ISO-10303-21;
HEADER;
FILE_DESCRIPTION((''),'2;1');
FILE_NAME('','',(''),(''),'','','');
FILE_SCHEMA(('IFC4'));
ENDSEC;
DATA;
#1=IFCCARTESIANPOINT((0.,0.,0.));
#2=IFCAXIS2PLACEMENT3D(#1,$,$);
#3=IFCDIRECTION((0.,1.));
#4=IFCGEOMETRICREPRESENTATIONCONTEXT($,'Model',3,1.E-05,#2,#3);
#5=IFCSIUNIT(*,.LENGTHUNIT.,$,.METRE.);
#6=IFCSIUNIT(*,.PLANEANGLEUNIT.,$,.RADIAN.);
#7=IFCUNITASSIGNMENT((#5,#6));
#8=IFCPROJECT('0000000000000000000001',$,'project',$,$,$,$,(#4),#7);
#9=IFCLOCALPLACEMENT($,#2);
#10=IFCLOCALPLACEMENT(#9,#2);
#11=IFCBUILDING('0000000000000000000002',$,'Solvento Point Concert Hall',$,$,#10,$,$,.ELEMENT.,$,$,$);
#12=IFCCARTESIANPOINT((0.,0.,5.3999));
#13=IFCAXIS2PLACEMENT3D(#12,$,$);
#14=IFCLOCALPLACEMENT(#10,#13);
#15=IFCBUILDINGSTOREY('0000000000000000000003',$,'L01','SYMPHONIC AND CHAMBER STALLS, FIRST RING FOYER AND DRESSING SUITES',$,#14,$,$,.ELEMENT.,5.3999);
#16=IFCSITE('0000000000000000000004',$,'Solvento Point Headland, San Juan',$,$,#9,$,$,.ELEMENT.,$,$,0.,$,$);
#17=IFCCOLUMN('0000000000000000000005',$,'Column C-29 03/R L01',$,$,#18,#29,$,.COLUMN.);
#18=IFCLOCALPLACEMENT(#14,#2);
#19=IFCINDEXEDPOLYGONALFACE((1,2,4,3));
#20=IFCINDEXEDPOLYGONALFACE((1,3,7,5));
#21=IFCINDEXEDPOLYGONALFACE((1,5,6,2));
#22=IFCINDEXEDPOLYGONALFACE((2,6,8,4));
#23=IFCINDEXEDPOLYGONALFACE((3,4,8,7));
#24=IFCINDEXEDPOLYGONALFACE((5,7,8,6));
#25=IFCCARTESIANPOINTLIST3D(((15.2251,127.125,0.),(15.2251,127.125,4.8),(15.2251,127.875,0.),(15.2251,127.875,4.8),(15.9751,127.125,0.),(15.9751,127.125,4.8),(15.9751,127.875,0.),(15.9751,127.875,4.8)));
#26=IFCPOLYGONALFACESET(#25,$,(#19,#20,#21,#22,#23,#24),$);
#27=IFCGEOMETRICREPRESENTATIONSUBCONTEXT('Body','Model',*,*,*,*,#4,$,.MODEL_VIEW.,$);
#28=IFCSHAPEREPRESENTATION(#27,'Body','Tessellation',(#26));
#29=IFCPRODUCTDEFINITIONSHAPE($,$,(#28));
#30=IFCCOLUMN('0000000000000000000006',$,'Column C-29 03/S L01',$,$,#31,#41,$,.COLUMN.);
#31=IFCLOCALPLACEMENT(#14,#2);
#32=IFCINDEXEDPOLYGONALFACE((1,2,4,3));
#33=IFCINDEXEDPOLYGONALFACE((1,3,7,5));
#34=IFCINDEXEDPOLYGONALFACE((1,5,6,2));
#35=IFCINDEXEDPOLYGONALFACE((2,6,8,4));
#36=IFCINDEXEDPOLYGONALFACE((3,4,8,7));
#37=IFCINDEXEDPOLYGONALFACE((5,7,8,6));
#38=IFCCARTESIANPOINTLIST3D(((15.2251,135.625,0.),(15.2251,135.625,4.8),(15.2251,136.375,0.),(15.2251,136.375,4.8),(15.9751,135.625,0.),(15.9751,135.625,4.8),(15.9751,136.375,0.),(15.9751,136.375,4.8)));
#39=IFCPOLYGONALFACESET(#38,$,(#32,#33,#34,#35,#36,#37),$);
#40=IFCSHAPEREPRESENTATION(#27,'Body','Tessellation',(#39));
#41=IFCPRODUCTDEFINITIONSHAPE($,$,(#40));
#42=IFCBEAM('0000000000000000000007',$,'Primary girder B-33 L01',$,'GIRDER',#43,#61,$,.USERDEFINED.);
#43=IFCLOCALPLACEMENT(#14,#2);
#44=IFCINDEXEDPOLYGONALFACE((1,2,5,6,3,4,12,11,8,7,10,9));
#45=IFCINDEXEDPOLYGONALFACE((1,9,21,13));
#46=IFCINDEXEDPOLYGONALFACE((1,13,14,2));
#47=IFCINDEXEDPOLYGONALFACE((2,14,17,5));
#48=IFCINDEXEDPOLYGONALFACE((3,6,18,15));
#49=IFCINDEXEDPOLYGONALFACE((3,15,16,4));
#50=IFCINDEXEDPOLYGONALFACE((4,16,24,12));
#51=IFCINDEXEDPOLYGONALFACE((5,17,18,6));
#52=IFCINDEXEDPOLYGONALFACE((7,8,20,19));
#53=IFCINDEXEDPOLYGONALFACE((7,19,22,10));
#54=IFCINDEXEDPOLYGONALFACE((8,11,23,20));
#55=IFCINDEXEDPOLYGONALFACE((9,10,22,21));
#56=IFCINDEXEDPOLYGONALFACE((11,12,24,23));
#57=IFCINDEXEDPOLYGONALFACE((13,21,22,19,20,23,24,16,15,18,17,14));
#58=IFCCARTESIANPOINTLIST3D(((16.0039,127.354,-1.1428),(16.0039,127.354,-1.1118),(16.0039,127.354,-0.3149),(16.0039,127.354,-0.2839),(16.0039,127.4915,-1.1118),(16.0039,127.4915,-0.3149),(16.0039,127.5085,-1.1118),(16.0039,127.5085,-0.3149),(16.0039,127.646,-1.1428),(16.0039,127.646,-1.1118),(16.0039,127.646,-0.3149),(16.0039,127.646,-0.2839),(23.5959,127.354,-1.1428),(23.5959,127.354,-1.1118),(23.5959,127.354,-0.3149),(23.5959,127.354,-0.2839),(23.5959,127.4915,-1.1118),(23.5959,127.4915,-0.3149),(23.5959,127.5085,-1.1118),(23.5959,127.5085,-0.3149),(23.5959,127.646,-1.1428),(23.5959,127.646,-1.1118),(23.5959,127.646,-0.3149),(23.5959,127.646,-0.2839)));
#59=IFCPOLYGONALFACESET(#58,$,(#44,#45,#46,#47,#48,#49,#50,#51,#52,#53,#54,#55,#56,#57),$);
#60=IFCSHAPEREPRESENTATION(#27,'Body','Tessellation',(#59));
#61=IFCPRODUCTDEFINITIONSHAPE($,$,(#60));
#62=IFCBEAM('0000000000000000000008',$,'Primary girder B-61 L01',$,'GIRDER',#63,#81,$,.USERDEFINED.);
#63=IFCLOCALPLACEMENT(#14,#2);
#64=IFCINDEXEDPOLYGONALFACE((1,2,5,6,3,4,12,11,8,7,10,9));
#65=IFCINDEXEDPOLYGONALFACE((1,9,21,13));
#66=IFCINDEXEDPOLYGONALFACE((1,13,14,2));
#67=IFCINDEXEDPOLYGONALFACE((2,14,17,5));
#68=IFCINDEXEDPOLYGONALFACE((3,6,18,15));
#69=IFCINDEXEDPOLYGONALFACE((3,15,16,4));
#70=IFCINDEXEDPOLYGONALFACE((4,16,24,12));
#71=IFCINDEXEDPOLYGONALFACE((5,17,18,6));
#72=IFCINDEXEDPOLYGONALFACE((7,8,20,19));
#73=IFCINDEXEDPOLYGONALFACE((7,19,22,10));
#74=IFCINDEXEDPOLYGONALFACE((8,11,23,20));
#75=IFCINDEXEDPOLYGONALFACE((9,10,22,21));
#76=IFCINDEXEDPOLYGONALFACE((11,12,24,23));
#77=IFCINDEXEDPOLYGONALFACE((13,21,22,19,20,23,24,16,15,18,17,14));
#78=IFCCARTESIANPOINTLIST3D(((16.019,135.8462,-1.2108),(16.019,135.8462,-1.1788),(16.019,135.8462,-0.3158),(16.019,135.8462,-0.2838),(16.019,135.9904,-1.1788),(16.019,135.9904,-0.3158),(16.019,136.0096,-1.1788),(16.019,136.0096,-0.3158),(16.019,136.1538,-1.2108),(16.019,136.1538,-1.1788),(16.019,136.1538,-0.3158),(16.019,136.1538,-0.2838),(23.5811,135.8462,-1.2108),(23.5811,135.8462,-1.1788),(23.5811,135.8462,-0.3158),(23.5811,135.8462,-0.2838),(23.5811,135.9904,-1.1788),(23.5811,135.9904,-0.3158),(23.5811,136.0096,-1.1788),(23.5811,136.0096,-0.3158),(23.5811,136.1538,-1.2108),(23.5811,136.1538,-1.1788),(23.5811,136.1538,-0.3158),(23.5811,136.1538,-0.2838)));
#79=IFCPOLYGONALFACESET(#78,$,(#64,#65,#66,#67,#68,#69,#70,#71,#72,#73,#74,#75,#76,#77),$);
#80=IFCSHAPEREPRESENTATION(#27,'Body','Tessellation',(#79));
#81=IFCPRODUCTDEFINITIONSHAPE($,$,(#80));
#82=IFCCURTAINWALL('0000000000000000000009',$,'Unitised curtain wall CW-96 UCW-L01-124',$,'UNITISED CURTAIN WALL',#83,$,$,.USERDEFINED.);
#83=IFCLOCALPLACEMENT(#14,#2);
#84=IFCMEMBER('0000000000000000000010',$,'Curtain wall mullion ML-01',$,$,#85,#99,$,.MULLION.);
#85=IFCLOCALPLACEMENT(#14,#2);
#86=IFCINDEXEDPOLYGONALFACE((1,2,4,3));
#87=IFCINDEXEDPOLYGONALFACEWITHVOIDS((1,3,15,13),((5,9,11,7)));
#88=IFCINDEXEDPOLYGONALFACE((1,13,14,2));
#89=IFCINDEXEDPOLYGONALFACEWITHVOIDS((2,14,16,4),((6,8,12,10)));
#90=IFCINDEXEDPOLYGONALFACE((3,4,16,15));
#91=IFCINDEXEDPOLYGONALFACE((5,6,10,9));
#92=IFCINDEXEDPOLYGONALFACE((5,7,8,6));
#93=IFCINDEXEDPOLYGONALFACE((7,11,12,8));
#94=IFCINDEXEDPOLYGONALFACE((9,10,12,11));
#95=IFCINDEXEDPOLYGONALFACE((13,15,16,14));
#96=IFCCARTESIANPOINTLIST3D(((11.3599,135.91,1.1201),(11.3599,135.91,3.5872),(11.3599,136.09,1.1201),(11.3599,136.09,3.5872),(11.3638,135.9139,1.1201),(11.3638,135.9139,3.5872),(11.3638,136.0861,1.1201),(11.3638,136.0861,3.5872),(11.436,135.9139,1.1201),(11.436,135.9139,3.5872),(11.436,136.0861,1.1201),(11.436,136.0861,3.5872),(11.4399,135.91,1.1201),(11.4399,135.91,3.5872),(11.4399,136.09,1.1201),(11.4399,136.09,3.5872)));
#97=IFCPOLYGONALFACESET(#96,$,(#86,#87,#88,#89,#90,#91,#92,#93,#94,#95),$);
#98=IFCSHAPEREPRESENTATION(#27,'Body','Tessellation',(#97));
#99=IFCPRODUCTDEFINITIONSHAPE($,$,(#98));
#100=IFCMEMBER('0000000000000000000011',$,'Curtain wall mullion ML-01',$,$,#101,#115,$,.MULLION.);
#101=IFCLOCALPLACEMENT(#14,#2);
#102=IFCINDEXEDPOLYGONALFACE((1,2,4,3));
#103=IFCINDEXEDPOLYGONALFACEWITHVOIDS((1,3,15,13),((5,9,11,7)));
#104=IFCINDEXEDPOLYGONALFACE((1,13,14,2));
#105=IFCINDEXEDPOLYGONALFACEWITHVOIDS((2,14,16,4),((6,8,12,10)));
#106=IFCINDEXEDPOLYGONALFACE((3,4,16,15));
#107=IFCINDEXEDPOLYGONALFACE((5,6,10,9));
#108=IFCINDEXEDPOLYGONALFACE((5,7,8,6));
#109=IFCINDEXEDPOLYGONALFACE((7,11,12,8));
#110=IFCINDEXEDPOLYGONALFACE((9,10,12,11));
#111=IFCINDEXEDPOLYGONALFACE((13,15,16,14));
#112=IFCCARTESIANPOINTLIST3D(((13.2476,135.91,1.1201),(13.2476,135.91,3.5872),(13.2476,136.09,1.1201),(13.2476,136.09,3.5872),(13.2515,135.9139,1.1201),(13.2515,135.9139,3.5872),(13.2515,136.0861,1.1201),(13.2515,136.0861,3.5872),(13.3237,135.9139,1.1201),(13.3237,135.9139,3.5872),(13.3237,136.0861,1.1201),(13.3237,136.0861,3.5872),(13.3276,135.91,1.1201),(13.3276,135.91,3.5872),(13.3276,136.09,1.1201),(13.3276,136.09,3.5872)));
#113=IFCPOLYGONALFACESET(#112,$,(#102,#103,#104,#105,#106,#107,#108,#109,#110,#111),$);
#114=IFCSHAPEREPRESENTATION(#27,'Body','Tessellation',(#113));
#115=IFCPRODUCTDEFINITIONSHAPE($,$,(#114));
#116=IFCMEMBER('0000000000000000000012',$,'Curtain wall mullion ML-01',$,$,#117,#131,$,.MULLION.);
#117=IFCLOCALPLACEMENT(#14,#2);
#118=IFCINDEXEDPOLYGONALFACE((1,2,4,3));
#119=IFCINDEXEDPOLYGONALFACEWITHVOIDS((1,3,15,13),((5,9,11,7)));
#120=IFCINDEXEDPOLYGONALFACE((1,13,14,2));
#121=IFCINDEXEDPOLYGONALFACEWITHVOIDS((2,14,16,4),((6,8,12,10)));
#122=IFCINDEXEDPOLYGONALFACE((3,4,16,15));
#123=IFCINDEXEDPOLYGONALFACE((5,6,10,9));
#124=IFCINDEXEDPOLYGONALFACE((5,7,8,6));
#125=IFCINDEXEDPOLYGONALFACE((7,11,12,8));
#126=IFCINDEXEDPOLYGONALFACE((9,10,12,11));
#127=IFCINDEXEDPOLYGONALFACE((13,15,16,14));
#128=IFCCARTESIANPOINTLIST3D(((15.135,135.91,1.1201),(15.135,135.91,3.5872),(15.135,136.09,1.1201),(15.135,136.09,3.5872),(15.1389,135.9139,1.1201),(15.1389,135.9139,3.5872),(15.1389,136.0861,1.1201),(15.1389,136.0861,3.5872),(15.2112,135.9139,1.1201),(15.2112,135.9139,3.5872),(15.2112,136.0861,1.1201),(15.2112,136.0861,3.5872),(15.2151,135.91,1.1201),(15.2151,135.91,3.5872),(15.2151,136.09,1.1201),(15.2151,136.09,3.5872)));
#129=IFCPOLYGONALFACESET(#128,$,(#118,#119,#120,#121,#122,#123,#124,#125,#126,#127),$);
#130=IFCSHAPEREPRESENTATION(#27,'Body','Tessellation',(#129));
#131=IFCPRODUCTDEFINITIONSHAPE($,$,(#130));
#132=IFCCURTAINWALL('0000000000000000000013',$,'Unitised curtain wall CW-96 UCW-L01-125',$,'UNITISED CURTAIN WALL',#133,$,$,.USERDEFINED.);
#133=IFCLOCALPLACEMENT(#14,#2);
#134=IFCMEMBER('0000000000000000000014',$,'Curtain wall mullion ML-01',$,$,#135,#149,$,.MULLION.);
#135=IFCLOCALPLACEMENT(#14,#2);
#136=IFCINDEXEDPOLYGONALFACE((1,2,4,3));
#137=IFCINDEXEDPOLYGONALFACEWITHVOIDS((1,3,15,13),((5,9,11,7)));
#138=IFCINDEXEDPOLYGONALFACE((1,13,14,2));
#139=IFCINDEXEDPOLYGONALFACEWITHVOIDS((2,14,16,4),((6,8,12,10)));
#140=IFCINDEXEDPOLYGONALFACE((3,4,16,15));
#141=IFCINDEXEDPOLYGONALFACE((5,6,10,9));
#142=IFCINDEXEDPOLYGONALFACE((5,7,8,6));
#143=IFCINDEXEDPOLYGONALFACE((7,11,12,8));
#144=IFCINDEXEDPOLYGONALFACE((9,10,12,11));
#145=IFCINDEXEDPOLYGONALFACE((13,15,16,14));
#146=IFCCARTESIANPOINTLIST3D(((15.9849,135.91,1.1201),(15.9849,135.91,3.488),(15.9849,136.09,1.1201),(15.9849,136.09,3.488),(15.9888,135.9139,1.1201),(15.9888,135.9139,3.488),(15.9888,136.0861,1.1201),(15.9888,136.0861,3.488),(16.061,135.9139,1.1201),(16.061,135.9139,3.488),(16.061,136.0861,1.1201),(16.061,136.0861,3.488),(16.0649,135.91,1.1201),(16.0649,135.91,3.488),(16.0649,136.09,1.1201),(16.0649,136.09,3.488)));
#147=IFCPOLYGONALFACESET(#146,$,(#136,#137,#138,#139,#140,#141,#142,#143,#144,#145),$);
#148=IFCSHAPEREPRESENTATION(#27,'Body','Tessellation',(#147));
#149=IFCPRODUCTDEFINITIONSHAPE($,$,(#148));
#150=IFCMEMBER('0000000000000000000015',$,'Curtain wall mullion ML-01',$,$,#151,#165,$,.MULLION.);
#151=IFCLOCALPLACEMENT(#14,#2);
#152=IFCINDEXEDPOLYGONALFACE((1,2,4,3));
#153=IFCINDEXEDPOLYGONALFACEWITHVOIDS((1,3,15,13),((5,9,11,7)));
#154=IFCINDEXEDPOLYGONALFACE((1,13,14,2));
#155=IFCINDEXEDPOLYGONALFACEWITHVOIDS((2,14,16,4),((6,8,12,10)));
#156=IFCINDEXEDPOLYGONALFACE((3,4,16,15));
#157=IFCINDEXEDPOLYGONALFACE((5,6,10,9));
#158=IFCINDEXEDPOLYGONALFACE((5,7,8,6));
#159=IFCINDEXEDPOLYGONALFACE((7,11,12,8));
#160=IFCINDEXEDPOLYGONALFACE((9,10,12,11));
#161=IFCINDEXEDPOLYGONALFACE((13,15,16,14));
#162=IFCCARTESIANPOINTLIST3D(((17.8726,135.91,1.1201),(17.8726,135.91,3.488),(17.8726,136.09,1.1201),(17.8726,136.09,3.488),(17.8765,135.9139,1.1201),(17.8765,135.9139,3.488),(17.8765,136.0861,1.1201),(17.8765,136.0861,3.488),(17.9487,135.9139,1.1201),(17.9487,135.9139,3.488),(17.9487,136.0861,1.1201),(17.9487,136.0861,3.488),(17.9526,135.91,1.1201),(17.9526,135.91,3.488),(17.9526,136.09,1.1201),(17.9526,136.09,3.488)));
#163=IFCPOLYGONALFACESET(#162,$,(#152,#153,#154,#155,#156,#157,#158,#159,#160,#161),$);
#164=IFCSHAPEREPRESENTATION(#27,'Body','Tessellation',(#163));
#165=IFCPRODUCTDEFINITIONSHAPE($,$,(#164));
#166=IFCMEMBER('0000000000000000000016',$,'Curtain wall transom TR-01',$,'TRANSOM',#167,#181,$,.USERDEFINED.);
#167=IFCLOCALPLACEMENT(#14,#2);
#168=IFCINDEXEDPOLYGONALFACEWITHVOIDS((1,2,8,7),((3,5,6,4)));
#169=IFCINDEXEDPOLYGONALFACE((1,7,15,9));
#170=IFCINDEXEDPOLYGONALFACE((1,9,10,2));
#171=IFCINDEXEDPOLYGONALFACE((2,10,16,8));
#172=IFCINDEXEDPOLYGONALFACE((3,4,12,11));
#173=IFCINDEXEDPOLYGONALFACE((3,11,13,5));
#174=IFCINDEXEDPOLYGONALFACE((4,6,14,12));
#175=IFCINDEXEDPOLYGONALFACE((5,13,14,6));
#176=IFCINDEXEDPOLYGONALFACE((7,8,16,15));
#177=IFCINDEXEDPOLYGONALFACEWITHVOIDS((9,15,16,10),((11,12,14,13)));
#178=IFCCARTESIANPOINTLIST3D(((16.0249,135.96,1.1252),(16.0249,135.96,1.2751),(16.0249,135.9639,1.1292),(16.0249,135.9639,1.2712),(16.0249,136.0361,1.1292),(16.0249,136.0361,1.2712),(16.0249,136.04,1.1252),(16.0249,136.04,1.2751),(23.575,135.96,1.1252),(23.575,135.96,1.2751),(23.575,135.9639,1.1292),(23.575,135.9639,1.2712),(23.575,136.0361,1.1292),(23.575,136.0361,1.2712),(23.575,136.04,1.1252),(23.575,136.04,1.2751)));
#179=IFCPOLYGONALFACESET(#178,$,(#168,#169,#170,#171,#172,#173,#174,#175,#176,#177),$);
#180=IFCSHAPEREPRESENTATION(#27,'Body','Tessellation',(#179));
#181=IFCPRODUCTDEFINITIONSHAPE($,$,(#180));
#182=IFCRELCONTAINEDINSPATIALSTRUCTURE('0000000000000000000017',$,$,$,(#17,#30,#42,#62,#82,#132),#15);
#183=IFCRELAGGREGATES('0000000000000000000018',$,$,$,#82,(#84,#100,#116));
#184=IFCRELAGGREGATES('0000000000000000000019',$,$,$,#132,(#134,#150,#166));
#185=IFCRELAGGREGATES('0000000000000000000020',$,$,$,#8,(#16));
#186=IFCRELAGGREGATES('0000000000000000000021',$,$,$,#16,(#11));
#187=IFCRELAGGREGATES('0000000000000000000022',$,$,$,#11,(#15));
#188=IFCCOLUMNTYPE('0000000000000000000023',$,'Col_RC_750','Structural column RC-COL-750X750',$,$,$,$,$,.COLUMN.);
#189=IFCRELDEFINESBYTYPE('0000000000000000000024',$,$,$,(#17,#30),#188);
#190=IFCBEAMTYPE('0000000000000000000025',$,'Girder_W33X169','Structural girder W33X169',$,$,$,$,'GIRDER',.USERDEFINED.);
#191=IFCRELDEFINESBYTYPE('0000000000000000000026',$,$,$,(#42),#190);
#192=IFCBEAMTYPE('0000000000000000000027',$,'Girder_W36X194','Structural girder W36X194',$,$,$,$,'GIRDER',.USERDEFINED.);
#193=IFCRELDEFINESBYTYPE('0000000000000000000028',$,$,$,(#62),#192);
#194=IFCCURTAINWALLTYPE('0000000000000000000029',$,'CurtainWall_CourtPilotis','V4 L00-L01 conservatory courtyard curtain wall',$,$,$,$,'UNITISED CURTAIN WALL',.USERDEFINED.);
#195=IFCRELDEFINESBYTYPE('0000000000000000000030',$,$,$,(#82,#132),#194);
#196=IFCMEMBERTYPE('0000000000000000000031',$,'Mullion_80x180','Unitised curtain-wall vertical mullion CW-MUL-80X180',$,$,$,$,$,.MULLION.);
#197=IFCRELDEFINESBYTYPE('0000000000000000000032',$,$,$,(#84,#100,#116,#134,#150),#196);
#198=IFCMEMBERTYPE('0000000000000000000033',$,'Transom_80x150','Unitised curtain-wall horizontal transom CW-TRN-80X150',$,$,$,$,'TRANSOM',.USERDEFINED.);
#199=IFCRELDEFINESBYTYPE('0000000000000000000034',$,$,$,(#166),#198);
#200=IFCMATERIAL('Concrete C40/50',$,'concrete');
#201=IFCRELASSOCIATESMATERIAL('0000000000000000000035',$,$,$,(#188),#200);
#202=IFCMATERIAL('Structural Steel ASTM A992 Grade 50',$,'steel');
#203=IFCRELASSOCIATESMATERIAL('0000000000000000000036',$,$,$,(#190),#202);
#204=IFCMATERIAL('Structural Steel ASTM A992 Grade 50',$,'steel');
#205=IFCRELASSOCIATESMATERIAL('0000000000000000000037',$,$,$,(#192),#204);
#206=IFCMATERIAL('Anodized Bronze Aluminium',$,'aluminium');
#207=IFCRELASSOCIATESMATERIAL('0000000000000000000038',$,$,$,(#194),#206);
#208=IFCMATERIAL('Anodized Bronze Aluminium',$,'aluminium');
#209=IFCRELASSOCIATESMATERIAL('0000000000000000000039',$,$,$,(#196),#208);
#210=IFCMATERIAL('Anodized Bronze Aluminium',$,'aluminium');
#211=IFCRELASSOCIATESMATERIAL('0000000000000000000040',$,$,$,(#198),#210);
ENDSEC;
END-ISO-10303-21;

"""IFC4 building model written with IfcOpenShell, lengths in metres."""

from ifc_helpers import new_model, si_unit, direction, frame, origin, origin_2d, place, context, subcontext, project, spatial, rectangle, hollow_rectangle, i_section, extrude, material, material_profile, profile_set, type_object, element, aggregate, save


model = new_model("IFC4")

# Units and contexts
model_context = context("Model", 3, precision=1e-05, world=origin(), true_north=direction((0.0, 1.0)))
body_context = subcontext(model_context, "Body", "Model", "MODEL_VIEW")
ifc_project = project(units=[si_unit("LENGTHUNIT", "METRE"), si_unit("PLANEANGLEUNIT", "RADIAN")], contexts=[model_context])

# Site, building, storey
site_placement = place(None, origin())
site = spatial("IfcSite", under=ifc_project, at=site_placement, Name="Solvento Point Headland, San Juan", CompositionType="ELEMENT", RefElevation=0.0)
building_placement = place(site_placement, origin())
building = spatial("IfcBuilding", under=site, at=building_placement, Name="Solvento Point Concert Hall", CompositionType="ELEMENT")
storey_placement = place(building_placement, frame((0.0, 0.0, 5.3999)))
storey = spatial("IfcBuildingStorey", under=building, at=storey_placement, Name="L01", Description="SYMPHONIC AND CHAMBER STALLS, FIRST RING FOYER AND DRESSING SUITES", CompositionType="ELEMENT", Elevation=5.3999)

# Columns
ifc_material_1 = material(Name="Concrete C40/50", Category="concrete")
ifc_material_profile_1 = material_profile(ifc_material_1, rectangle(XDim=0.75, YDim=0.75, at=origin_2d()), Name="RC-COL-750X750")
ifc_profile_set_1 = profile_set([ifc_material_profile_1], Name="Concrete C40/50")
column_type = type_object("IfcColumnType", Name="Col_RC_750", Description="Structural column RC-COL-750X750", PredefinedType="COLUMN", material=ifc_profile_set_1)
for number, where, z_axis, x_axis, name in (
    (1, (15.6001, 127.5, 0.0), (0.0, 0.0, 1.0), (1.0, 0.0, 0.0), "Column C-29 03/R L01"),
    (2, (15.6001, 136.0, 0.0), (0.0, 0.0, 1.0), (1.0, 0.0, 0.0), "Column C-29 03/S L01"),
):
    element("IfcColumn", number, at=place(storey_placement, frame(where, z_axis=z_axis, x_axis=x_axis)), inside=storey, type_object=column_type, Name=name, PredefinedType="COLUMN", context=body_context, shape_type="SweptSolid", body=[
        extrude(rectangle(XDim=0.75, YDim=0.75, at=origin_2d()), origin(), (0.0, 0.0, 1.0), 4.8),
    ])

# Beams
ifc_material_2 = material(Name="Structural Steel ASTM A992 Grade 50", Category="steel")
ifc_material_profile_2 = material_profile(ifc_material_2, i_section(OverallWidth=0.292, OverallDepth=0.8589, WebThickness=0.0171, FlangeThickness=0.031, at=origin_2d()), Name="W33X169")
ifc_profile_set_2 = profile_set([ifc_material_profile_2], Name="Structural Steel ASTM A992 Grade 50")
beam_type_1 = type_object("IfcBeamType", Name="Girder_W33X169", Description="Structural girder W33X169", ElementType="GIRDER", PredefinedType="USERDEFINED", material=ifc_profile_set_2)
beam_1_placement = place(storey_placement, frame((16.0039, 127.5, -0.7134), z_axis=(1.0, 0.0, 0.0), x_axis=(0.0, 1.0, 0.0)))
element("IfcBeam", 3, at=beam_1_placement, inside=storey, type_object=beam_type_1, Name="Primary girder B-33 L01", ObjectType="GIRDER", PredefinedType="USERDEFINED", context=body_context, shape_type="SweptSolid", body=[
    extrude(i_section(OverallWidth=0.292, OverallDepth=0.8589, WebThickness=0.0171, FlangeThickness=0.031, at=origin_2d()), origin(), (0.0, 0.0, 1.0), 7.592),
])
ifc_material_3 = material(Name="Structural Steel ASTM A992 Grade 50", Category="steel")
ifc_material_profile_3 = material_profile(ifc_material_3, i_section(OverallWidth=0.3076, OverallDepth=0.927, WebThickness=0.0193, FlangeThickness=0.032, at=origin_2d()), Name="W36X194")
ifc_profile_set_3 = profile_set([ifc_material_profile_3], Name="Structural Steel ASTM A992 Grade 50")
beam_type_2 = type_object("IfcBeamType", Name="Girder_W36X194", Description="Structural girder W36X194", ElementType="GIRDER", PredefinedType="USERDEFINED", material=ifc_profile_set_3)
beam_2_placement = place(storey_placement, frame((16.019, 136.0, -0.7473), z_axis=(1.0, 0.0, 0.0), x_axis=(0.0, 1.0, 0.0)))
element("IfcBeam", 4, at=beam_2_placement, inside=storey, type_object=beam_type_2, Name="Primary girder B-61 L01", ObjectType="GIRDER", PredefinedType="USERDEFINED", context=body_context, shape_type="SweptSolid", body=[
    extrude(i_section(OverallWidth=0.3076, OverallDepth=0.927, WebThickness=0.0193, FlangeThickness=0.032, at=origin_2d()), origin(), (0.0, 0.0, 1.0), 7.562),
])

# Curtain walls, members
ifc_material_4 = material(Name="Anodized Bronze Aluminium", Category="aluminium")
curtain_wall_type = type_object("IfcCurtainWallType", Name="CurtainWall_CourtPilotis", Description="V4 L00-L01 conservatory courtyard curtain wall", ElementType="UNITISED CURTAIN WALL", PredefinedType="USERDEFINED", material=ifc_material_4)
curtain_wall_1_placement = place(storey_placement, origin())
curtain_wall_1 = element("IfcCurtainWall", 5, at=curtain_wall_1_placement, inside=storey, type_object=curtain_wall_type, Name="Unitised curtain wall CW-96 UCW-L01-124", ObjectType="UNITISED CURTAIN WALL", PredefinedType="USERDEFINED")
ifc_material_5 = material(Name="Anodized Bronze Aluminium", Category="aluminium")
ifc_material_profile_4 = material_profile(ifc_material_5, hollow_rectangle(XDim=0.0801, YDim=0.1799, WallThickness=0.0039, at=origin_2d()), Name="CW-MUL-80X180")
ifc_profile_set_4 = profile_set([ifc_material_profile_4], Name="Anodized Bronze Aluminium")
member_type_1 = type_object("IfcMemberType", Name="Mullion_80x180", Description="Unitised curtain-wall vertical mullion CW-MUL-80X180", PredefinedType="MULLION", material=ifc_profile_set_4)
member_1_placement = place(storey_placement, frame((11.3999, 136.0, 1.1201), z_axis=(0.0, 0.0, 1.0), x_axis=(1.0, 0.0, 0.0)))
member_1 = element("IfcMember", 6, at=member_1_placement, type_object=member_type_1, Name="Curtain wall mullion ML-01", PredefinedType="MULLION", context=body_context, shape_type="SweptSolid", body=[
    extrude(hollow_rectangle(XDim=0.0801, YDim=0.1799, WallThickness=0.0039, at=origin_2d()), origin(), (0.0, 0.0, 1.0), 2.467),
])
member_2_placement = place(storey_placement, frame((13.2876, 136.0, 1.1201), z_axis=(0.0, 0.0, 1.0), x_axis=(1.0, 0.0, 0.0)))
member_2 = element("IfcMember", 7, at=member_2_placement, type_object=member_type_1, Name="Curtain wall mullion ML-01", PredefinedType="MULLION", context=body_context, shape_type="SweptSolid", body=[
    extrude(hollow_rectangle(XDim=0.0801, YDim=0.1799, WallThickness=0.0039, at=origin_2d()), origin(), (0.0, 0.0, 1.0), 2.467),
])
member_3_placement = place(storey_placement, frame((15.175, 136.0, 1.1201), z_axis=(0.0, 0.0, 1.0), x_axis=(1.0, 0.0, 0.0)))
member_3 = element("IfcMember", 8, at=member_3_placement, type_object=member_type_1, Name="Curtain wall mullion ML-01", PredefinedType="MULLION", context=body_context, shape_type="SweptSolid", body=[
    extrude(hollow_rectangle(XDim=0.0801, YDim=0.1799, WallThickness=0.0039, at=origin_2d()), origin(), (0.0, 0.0, 1.0), 2.467),
])
curtain_wall_2_placement = place(storey_placement, origin())
curtain_wall_2 = element("IfcCurtainWall", 9, at=curtain_wall_2_placement, inside=storey, type_object=curtain_wall_type, Name="Unitised curtain wall CW-96 UCW-L01-125", ObjectType="UNITISED CURTAIN WALL", PredefinedType="USERDEFINED")
member_4_placement = place(storey_placement, frame((16.0249, 136.0, 1.1201), z_axis=(0.0, 0.0, 1.0), x_axis=(1.0, 0.0, 0.0)))
member_4 = element("IfcMember", 10, at=member_4_placement, type_object=member_type_1, Name="Curtain wall mullion ML-01", PredefinedType="MULLION", context=body_context, shape_type="SweptSolid", body=[
    extrude(hollow_rectangle(XDim=0.0801, YDim=0.1799, WallThickness=0.0039, at=origin_2d()), origin(), (0.0, 0.0, 1.0), 2.3679),
])
member_5_placement = place(storey_placement, frame((17.9126, 136.0, 1.1201), z_axis=(0.0, 0.0, 1.0), x_axis=(1.0, 0.0, 0.0)))
member_5 = element("IfcMember", 11, at=member_5_placement, type_object=member_type_1, Name="Curtain wall mullion ML-01", PredefinedType="MULLION", context=body_context, shape_type="SweptSolid", body=[
    extrude(hollow_rectangle(XDim=0.0801, YDim=0.1799, WallThickness=0.0039, at=origin_2d()), origin(), (0.0, 0.0, 1.0), 2.3679),
])
ifc_material_6 = material(Name="Anodized Bronze Aluminium", Category="aluminium")
ifc_material_profile_5 = material_profile(ifc_material_6, hollow_rectangle(XDim=0.0801, YDim=0.1499, WallThickness=0.0039, at=origin_2d()), Name="CW-TRN-80X150")
ifc_profile_set_5 = profile_set([ifc_material_profile_5], Name="Anodized Bronze Aluminium")
member_type_2 = type_object("IfcMemberType", Name="Transom_80x150", Description="Unitised curtain-wall horizontal transom CW-TRN-80X150", ElementType="TRANSOM", PredefinedType="USERDEFINED", material=ifc_profile_set_5)
member_6_placement = place(storey_placement, frame((16.0249, 136.0, 1.2002), z_axis=(1.0, 0.0, 0.0), x_axis=(0.0, 1.0, 0.0)))
member_6 = element("IfcMember", 12, at=member_6_placement, type_object=member_type_2, Name="Curtain wall transom TR-01", ObjectType="TRANSOM", PredefinedType="USERDEFINED", context=body_context, shape_type="SweptSolid", body=[
    extrude(hollow_rectangle(XDim=0.0801, YDim=0.1499, WallThickness=0.0039, at=origin_2d()), origin(), (0.0, 0.0, 1.0), 7.55),
])

aggregate(curtain_wall_1, [member_1, member_2, member_3])
aggregate(curtain_wall_2, [member_4, member_5, member_6])

save(model, "model.ifc")
